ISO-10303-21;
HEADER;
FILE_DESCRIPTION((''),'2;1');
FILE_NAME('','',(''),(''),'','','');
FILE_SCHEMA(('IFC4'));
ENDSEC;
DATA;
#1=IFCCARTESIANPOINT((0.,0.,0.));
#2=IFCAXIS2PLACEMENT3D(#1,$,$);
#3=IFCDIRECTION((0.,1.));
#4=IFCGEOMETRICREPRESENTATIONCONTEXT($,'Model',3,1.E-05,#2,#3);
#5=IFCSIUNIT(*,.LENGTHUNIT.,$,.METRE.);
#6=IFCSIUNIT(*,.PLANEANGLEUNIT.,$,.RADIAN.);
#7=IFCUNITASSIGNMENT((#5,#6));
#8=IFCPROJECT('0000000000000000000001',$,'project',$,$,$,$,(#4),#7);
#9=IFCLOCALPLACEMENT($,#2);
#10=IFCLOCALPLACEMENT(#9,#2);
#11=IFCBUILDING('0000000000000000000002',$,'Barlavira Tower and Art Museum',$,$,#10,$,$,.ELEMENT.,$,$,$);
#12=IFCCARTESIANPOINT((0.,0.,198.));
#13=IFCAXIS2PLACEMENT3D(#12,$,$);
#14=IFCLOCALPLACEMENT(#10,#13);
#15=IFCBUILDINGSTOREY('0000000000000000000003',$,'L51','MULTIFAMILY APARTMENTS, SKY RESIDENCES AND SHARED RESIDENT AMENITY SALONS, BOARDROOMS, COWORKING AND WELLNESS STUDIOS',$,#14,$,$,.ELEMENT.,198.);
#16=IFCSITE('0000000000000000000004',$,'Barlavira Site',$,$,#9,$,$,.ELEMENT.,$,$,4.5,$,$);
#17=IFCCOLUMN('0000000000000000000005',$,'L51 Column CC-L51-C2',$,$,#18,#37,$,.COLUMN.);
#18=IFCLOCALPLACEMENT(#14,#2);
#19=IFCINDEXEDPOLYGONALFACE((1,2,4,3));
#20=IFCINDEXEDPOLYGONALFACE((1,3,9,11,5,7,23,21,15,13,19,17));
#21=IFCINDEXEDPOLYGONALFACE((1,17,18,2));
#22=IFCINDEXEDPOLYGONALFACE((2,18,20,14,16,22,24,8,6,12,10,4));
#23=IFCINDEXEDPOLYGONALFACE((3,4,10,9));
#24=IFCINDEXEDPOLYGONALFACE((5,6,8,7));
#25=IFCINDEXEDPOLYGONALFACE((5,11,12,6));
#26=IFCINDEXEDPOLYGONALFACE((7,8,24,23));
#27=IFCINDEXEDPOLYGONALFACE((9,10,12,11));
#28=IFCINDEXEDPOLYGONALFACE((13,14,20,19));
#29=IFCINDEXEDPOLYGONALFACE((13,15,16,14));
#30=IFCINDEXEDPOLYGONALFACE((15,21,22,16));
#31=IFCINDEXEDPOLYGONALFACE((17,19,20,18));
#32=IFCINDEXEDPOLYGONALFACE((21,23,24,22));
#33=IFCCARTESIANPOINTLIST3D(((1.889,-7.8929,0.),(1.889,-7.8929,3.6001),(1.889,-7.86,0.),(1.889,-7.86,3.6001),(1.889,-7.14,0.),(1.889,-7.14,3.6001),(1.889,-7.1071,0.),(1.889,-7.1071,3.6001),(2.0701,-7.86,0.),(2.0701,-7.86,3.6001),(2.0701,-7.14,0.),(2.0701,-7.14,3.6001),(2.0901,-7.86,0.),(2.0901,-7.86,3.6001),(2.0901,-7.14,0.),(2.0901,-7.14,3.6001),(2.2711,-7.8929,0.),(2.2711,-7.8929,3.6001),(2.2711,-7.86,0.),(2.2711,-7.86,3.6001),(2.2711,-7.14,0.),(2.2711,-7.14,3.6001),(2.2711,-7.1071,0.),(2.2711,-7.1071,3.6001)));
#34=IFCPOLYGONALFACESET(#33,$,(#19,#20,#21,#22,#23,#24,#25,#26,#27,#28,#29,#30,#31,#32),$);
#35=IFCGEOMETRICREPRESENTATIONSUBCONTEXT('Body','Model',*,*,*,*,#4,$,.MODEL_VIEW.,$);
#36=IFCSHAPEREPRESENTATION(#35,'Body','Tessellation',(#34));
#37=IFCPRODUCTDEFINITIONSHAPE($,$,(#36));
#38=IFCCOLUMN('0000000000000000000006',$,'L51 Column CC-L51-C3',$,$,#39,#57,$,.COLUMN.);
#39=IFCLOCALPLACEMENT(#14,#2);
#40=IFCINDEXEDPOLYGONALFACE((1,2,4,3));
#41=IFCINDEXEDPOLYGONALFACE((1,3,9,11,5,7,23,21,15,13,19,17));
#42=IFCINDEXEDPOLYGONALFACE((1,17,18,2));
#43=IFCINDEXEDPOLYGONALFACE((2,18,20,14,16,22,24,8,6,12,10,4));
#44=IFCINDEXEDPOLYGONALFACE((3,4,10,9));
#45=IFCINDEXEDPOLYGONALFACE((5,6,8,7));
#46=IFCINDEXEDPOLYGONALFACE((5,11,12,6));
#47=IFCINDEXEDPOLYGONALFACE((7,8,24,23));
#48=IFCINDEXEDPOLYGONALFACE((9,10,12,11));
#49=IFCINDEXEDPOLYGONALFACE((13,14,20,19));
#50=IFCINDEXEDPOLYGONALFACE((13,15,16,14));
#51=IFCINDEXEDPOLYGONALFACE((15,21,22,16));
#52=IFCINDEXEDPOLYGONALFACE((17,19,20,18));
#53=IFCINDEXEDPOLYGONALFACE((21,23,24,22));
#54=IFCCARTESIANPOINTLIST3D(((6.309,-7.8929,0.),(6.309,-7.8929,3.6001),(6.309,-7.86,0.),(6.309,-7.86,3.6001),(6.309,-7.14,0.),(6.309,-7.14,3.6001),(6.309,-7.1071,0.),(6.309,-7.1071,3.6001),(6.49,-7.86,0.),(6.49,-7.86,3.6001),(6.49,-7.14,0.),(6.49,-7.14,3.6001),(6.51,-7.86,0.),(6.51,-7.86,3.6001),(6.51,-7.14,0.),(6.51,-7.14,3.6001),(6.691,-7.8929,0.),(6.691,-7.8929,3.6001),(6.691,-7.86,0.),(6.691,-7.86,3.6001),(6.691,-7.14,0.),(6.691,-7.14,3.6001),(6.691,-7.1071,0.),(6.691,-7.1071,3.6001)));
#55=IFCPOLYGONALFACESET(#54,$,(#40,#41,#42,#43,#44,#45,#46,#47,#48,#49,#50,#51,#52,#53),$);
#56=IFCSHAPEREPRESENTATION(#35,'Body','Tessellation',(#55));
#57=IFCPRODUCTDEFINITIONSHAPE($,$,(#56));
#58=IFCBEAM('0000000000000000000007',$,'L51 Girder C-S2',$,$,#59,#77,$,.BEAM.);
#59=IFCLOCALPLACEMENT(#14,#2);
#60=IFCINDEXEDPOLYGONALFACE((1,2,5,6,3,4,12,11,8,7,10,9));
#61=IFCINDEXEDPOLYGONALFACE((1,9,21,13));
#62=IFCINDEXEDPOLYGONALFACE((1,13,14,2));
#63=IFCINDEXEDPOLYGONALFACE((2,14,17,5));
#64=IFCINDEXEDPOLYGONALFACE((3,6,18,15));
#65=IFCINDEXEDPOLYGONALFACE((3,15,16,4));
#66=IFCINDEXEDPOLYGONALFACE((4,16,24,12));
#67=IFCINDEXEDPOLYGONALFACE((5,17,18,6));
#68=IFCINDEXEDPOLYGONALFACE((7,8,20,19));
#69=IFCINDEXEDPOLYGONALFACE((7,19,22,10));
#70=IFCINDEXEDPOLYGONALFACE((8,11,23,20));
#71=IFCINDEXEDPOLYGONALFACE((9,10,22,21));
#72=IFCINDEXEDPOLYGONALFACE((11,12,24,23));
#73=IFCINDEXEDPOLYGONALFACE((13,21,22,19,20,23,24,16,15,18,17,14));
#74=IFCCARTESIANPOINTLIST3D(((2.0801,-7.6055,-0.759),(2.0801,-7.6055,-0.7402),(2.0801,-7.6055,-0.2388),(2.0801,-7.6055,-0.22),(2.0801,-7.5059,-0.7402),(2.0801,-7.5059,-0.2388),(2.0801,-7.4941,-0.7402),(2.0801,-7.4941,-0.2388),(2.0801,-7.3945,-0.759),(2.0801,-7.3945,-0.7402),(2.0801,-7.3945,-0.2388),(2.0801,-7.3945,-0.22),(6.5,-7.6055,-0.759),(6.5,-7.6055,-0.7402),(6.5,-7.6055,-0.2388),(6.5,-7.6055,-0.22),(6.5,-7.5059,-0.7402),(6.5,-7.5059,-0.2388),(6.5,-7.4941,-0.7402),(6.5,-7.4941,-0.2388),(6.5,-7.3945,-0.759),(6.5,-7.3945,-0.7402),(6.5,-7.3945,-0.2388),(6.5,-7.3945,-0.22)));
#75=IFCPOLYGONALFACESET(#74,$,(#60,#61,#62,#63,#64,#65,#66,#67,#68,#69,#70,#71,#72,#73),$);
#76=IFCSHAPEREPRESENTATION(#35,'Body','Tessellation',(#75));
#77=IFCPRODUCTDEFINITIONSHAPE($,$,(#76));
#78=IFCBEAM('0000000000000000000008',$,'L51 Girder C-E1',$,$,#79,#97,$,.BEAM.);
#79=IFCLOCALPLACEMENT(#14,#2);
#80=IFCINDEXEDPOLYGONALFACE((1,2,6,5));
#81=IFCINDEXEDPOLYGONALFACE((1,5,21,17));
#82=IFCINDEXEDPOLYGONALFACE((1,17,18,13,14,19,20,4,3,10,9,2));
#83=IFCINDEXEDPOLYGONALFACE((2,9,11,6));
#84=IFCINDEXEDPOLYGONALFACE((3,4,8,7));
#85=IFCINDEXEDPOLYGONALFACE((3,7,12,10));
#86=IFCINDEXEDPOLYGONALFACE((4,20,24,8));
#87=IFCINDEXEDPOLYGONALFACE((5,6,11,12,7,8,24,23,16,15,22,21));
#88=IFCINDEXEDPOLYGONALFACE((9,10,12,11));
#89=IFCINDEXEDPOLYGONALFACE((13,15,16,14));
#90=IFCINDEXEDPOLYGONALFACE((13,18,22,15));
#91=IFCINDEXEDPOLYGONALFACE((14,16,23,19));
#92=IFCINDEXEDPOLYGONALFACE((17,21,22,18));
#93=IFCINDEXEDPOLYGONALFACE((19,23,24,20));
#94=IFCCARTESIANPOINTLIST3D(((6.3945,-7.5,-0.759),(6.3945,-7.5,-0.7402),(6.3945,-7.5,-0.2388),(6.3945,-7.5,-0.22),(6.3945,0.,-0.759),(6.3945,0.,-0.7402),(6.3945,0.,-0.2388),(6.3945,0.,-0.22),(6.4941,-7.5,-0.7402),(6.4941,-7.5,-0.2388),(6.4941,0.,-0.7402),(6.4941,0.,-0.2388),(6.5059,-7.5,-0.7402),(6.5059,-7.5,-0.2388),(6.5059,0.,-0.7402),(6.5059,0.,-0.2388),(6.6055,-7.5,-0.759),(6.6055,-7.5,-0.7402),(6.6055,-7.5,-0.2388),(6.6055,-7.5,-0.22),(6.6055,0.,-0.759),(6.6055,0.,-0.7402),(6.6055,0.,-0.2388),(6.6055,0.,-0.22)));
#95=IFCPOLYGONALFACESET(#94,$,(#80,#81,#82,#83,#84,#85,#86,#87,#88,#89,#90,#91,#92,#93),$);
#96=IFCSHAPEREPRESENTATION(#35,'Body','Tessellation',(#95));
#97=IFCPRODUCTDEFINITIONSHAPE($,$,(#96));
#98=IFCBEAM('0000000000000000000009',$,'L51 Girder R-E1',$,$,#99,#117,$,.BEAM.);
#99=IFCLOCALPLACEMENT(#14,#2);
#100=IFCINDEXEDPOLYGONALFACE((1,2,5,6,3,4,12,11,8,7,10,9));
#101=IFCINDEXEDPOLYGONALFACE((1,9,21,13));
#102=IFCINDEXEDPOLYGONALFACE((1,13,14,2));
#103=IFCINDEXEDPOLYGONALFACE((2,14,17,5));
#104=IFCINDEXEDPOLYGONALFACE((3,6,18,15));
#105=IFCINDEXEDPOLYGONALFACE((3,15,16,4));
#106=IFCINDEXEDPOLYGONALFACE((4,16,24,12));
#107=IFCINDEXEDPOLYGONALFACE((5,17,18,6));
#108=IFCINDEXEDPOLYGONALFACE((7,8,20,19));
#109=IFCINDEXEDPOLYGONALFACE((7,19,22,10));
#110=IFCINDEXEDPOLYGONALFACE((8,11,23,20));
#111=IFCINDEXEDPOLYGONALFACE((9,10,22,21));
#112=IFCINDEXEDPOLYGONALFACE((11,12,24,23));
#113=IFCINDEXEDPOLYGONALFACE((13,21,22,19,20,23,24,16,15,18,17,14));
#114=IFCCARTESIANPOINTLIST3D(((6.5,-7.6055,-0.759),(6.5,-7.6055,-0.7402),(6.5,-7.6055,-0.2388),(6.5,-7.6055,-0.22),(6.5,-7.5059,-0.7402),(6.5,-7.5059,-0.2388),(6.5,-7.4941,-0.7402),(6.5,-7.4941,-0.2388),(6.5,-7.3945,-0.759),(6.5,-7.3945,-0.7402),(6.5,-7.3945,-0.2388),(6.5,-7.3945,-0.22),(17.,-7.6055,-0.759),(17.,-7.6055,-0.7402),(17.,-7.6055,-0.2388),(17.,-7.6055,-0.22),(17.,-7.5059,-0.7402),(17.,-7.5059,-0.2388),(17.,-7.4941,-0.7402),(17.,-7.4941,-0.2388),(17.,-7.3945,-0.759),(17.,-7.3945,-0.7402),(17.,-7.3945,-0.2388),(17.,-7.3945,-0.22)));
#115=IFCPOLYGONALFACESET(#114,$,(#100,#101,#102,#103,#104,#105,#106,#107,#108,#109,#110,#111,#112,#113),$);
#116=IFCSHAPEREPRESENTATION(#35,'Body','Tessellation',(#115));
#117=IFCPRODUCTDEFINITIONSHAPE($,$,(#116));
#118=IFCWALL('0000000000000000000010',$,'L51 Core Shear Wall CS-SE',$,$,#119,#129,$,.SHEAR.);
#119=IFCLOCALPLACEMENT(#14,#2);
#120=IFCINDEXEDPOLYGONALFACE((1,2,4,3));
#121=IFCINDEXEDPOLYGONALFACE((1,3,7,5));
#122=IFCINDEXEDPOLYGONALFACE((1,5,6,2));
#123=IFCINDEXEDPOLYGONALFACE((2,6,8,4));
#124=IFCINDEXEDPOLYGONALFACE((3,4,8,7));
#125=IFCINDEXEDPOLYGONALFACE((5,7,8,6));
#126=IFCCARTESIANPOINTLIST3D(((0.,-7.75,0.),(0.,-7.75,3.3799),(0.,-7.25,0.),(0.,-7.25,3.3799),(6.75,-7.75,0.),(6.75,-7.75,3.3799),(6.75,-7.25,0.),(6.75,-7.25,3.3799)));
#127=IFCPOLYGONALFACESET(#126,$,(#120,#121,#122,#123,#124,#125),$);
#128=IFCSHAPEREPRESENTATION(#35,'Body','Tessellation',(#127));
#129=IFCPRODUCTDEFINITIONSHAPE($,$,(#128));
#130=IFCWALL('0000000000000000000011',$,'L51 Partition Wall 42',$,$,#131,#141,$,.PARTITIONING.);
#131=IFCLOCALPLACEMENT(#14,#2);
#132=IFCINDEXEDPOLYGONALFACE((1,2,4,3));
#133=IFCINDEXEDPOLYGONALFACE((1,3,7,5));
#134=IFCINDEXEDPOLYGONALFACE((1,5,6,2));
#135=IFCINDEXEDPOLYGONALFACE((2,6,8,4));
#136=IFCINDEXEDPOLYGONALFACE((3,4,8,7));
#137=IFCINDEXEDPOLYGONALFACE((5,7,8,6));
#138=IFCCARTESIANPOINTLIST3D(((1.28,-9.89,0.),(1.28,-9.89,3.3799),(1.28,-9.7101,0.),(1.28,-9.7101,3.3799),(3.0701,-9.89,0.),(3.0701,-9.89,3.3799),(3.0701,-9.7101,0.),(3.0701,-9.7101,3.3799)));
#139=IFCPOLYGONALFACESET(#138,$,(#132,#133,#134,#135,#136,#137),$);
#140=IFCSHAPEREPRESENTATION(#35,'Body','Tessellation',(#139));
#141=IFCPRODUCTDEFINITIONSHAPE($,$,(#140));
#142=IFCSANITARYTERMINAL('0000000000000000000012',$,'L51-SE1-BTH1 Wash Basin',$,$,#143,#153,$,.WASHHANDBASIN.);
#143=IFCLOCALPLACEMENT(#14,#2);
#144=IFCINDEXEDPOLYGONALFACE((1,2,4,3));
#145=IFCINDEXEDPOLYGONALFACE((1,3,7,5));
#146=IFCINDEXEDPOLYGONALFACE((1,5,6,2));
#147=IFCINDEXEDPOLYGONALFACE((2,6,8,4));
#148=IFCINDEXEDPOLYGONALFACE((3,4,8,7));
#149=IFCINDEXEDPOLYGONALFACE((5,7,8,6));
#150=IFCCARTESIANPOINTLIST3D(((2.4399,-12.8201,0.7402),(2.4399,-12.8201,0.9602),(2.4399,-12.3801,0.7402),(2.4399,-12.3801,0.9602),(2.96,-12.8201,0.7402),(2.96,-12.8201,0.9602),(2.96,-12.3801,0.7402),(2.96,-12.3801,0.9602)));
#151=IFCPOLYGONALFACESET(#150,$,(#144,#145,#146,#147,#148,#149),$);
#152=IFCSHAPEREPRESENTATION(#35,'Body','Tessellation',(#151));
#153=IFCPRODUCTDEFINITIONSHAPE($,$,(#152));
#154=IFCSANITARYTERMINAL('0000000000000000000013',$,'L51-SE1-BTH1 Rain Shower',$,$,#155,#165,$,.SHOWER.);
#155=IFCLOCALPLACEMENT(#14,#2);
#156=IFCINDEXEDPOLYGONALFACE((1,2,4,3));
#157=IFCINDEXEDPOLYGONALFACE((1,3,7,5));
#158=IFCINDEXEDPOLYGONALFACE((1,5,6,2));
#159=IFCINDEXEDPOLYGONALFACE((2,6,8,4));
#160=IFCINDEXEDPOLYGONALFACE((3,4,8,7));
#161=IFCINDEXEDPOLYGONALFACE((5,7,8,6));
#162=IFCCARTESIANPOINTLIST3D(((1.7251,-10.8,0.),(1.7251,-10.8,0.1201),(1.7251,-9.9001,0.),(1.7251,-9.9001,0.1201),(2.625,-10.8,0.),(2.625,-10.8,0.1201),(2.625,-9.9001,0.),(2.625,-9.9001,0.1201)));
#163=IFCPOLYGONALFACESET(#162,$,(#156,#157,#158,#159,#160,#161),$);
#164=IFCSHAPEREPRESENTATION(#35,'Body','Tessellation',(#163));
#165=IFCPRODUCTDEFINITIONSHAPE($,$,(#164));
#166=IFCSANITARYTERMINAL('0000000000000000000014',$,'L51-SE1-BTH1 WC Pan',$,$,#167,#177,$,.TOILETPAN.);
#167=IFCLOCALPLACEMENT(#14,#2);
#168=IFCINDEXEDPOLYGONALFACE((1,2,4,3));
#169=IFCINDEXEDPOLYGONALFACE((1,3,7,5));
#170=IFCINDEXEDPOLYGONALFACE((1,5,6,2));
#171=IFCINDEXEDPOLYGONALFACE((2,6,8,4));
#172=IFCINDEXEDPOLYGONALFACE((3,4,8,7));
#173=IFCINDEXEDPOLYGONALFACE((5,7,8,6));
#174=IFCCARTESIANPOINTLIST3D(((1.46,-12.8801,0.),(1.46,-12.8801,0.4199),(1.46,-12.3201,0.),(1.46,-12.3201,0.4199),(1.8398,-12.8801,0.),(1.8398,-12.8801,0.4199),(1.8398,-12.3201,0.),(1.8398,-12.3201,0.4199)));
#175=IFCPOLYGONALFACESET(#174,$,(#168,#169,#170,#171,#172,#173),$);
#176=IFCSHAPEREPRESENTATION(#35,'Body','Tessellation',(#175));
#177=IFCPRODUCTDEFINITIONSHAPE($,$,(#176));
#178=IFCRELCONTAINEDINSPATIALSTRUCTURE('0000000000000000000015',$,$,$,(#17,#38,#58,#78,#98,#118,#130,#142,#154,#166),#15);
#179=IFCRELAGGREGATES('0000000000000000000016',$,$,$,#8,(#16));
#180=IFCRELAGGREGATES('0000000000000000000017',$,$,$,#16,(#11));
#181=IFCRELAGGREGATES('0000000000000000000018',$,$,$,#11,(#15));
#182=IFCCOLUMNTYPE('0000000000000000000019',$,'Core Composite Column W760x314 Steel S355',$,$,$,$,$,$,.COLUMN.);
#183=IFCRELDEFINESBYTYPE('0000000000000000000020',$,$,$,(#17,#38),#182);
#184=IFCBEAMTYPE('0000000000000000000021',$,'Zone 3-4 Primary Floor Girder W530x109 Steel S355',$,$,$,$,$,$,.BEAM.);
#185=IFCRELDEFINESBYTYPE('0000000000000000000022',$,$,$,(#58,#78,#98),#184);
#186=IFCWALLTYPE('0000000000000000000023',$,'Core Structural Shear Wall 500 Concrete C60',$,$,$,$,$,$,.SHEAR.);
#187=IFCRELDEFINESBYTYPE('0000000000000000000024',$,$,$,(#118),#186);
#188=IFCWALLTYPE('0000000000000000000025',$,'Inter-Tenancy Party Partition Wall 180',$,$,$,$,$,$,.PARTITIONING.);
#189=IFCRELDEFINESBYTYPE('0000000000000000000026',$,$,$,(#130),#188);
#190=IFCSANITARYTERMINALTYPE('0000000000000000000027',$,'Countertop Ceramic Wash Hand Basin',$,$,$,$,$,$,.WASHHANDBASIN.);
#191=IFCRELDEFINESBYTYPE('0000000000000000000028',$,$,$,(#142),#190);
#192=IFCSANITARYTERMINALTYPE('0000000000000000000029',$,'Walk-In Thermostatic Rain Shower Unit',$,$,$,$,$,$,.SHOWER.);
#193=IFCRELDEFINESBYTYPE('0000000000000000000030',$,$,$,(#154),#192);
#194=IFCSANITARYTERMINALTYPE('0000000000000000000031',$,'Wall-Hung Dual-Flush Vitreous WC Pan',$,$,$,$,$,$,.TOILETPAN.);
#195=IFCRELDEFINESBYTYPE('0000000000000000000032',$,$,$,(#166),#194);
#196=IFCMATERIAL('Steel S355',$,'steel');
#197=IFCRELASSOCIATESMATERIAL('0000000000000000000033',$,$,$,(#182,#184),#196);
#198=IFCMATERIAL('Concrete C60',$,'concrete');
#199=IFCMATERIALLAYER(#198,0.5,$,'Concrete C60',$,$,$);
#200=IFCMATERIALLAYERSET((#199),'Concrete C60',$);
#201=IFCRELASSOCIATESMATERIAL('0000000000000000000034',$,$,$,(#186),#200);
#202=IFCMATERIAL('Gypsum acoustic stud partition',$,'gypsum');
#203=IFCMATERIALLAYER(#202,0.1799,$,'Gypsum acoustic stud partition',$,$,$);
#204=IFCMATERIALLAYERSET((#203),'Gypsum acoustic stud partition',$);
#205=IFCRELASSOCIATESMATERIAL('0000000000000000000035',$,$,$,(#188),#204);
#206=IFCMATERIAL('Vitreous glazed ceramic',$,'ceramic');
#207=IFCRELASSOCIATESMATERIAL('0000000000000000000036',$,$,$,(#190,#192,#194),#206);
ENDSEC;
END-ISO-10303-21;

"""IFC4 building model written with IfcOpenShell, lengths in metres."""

from ifc_helpers import new_model, si_unit, direction, frame, frame_2d, origin, origin_2d, place, context, subcontext, project, spatial, rectangle, i_section, extrude, material, layer, layer_set, material_profile, profile_set, type_object, element, save


model = new_model("IFC4")

# Units and contexts
model_context = context("Model", 3, precision=1e-05, world=origin(), true_north=direction((0.0, 1.0)))
body_context = subcontext(model_context, "Body", "Model", "MODEL_VIEW")
ifc_project = project(units=[si_unit("LENGTHUNIT", "METRE"), si_unit("PLANEANGLEUNIT", "RADIAN")], contexts=[model_context])

# Site, building, storey
site_placement = place(None, origin())
site = spatial("IfcSite", under=ifc_project, at=site_placement, Name="Barlavira Site", CompositionType="ELEMENT", RefElevation=4.5)
building_placement = place(site_placement, origin())
building = spatial("IfcBuilding", under=site, at=building_placement, Name="Barlavira Tower and Art Museum", CompositionType="ELEMENT")
storey_placement = place(building_placement, frame((0.0, 0.0, 198.0)))
storey = spatial("IfcBuildingStorey", under=building, at=storey_placement, Name="L51", Description="MULTIFAMILY APARTMENTS, SKY RESIDENCES AND SHARED RESIDENT AMENITY SALONS, BOARDROOMS, COWORKING AND WELLNESS STUDIOS", CompositionType="ELEMENT", Elevation=198.0)

# Columns
ifc_material_1 = material(Name="Steel S355", Category="steel")
ifc_material_profile_1 = material_profile(ifc_material_1, i_section(OverallWidth=0.3821, OverallDepth=0.7859, WebThickness=0.02, FlangeThickness=0.033, at=origin_2d()), Name="W760x314.0")
ifc_profile_set_1 = profile_set([ifc_material_profile_1], Name="Steel S355")
column_type = type_object("IfcColumnType", Name="Core Composite Column W760x314 Steel S355", PredefinedType="COLUMN", material=ifc_profile_set_1)
for number, where, z_axis, x_axis, name in (
    (1, (2.0801, -7.5, 0.0), (0.0, 0.0, 1.0), (1.0, 0.0, 0.0), "L51 Column CC-L51-C2"),
    (2, (6.5, -7.5, 0.0), (0.0, 0.0, 1.0), (1.0, 0.0, 0.0), "L51 Column CC-L51-C3"),
):
    element("IfcColumn", number, at=place(storey_placement, frame(where, z_axis=z_axis, x_axis=x_axis)), inside=storey, type_object=column_type, Name=name, PredefinedType="COLUMN", context=body_context, shape_type="SweptSolid", body=[
        extrude(i_section(OverallWidth=0.3821, OverallDepth=0.7859, WebThickness=0.02, FlangeThickness=0.033, at=origin_2d()), origin(), (0.0, 0.0, 1.0), 3.6001),
    ])

# Beams
ifc_material_profile_2 = material_profile(ifc_material_1, i_section(OverallWidth=0.2109, OverallDepth=0.5391, WebThickness=0.0117, FlangeThickness=0.0188, at=origin_2d()), Name="W530x109.0")
ifc_profile_set_2 = profile_set([ifc_material_profile_2], Name="Steel S355")
beam_type = type_object("IfcBeamType", Name="Zone 3-4 Primary Floor Girder W530x109 Steel S355", PredefinedType="BEAM", material=ifc_profile_set_2)
beam_1_placement = place(storey_placement, frame((2.0801, -7.5, -0.4895), z_axis=(1.0, 0.0, 0.0), x_axis=(0.0, 1.0, 0.0)))
element("IfcBeam", 3, at=beam_1_placement, inside=storey, type_object=beam_type, Name="L51 Girder C-S2", PredefinedType="BEAM", context=body_context, shape_type="SweptSolid", body=[
    extrude(i_section(OverallWidth=0.2109, OverallDepth=0.5391, WebThickness=0.0117, FlangeThickness=0.0188, at=origin_2d()), origin(), (0.0, 0.0, 1.0), 4.4199),
])
beam_2_placement = place(storey_placement, frame((6.5, -7.5, -0.4895), z_axis=(0.0, 1.0, 0.0), x_axis=(-1.0, 0.0, 0.0)))
element("IfcBeam", 4, at=beam_2_placement, inside=storey, type_object=beam_type, Name="L51 Girder C-E1", PredefinedType="BEAM", context=body_context, shape_type="SweptSolid", body=[
    extrude(i_section(OverallWidth=0.2109, OverallDepth=0.5391, WebThickness=0.0117, FlangeThickness=0.0188, at=origin_2d()), origin(), (0.0, 0.0, 1.0), 7.5),
])
beam_3_placement = place(storey_placement, frame((6.5, -7.5, -0.4895), z_axis=(1.0, 0.0, 0.0), x_axis=(0.0, 1.0, 0.0)))
element("IfcBeam", 5, at=beam_3_placement, inside=storey, type_object=beam_type, Name="L51 Girder R-E1", PredefinedType="BEAM", context=body_context, shape_type="SweptSolid", body=[
    extrude(i_section(OverallWidth=0.2109, OverallDepth=0.5391, WebThickness=0.0117, FlangeThickness=0.0188, at=origin_2d()), origin(), (0.0, 0.0, 1.0), 10.5),
])

# Walls
ifc_material_2 = material(Name="Concrete C60", Category="concrete")
ifc_layer_1 = layer(ifc_material_2, 0.5, Name="Concrete C60")
ifc_layer_set_1 = layer_set([ifc_layer_1], Name="Concrete C60")
wall_type_1 = type_object("IfcWallType", Name="Core Structural Shear Wall 500 Concrete C60", PredefinedType="SHEAR", material=ifc_layer_set_1)
wall_1_placement = place(storey_placement, frame((0.0, -7.5, 0.0), z_axis=(0.0, 0.0, 1.0), x_axis=(1.0, 0.0, 0.0)))
element("IfcWall", 6, at=wall_1_placement, inside=storey, type_object=wall_type_1, Name="L51 Core Shear Wall CS-SE", PredefinedType="SHEAR", context=body_context, shape_type="SweptSolid", body=[
    extrude(rectangle(XDim=6.75, YDim=0.5, at=frame_2d((3.375, 0.0))), origin(), (0.0, 0.0, 1.0), 3.3799),
])
ifc_material_3 = material(Name="Gypsum acoustic stud partition", Category="gypsum")
ifc_layer_2 = layer(ifc_material_3, 0.1799, Name="Gypsum acoustic stud partition")
ifc_layer_set_2 = layer_set([ifc_layer_2], Name="Gypsum acoustic stud partition")
wall_type_2 = type_object("IfcWallType", Name="Inter-Tenancy Party Partition Wall 180", PredefinedType="PARTITIONING", material=ifc_layer_set_2)
wall_2_placement = place(storey_placement, frame((1.28, -9.8, 0.0), z_axis=(0.0, 0.0, 1.0), x_axis=(1.0, 0.0, 0.0)))
element("IfcWall", 7, at=wall_2_placement, inside=storey, type_object=wall_type_2, Name="L51 Partition Wall 42", PredefinedType="PARTITIONING", context=body_context, shape_type="SweptSolid", body=[
    extrude(rectangle(XDim=1.79, YDim=0.1799, at=frame_2d((0.895, 0.0))), origin(), (0.0, 0.0, 1.0), 3.3799),
])

# Sanitary terminals
ifc_material_4 = material(Name="Vitreous glazed ceramic", Category="ceramic")
sanitary_terminal_type_1 = type_object("IfcSanitaryTerminalType", Name="Countertop Ceramic Wash Hand Basin", PredefinedType="WASHHANDBASIN", material=ifc_material_4)
sanitary_terminal_1_placement = place(storey_placement, frame((2.7, -12.6001, 0.7402), z_axis=(0.0, 0.0, 1.0), x_axis=(1.0, 0.0, 0.0)))
element("IfcSanitaryTerminal", 8, at=sanitary_terminal_1_placement, inside=storey, type_object=sanitary_terminal_type_1, Name="L51-SE1-BTH1 Wash Basin", PredefinedType="WASHHANDBASIN", context=body_context, shape_type="SweptSolid", body=[
    extrude(rectangle(XDim=0.52, YDim=0.4399, at=origin_2d()), origin(), (0.0, 0.0, 1.0), 0.22),
])
sanitary_terminal_type_2 = type_object("IfcSanitaryTerminalType", Name="Walk-In Thermostatic Rain Shower Unit", PredefinedType="SHOWER", material=ifc_material_4)
sanitary_terminal_2_placement = place(storey_placement, frame((2.175, -10.3501, 0.0), z_axis=(0.0, 0.0, 1.0), x_axis=(1.0, 0.0, 0.0)))
element("IfcSanitaryTerminal", 9, at=sanitary_terminal_2_placement, inside=storey, type_object=sanitary_terminal_type_2, Name="L51-SE1-BTH1 Rain Shower", PredefinedType="SHOWER", context=body_context, shape_type="SweptSolid", body=[
    extrude(rectangle(XDim=0.8999, YDim=0.8999, at=origin_2d()), origin(), (0.0, 0.0, 1.0), 0.1201),
])
sanitary_terminal_type_3 = type_object("IfcSanitaryTerminalType", Name="Wall-Hung Dual-Flush Vitreous WC Pan", PredefinedType="TOILETPAN", material=ifc_material_4)
sanitary_terminal_3_placement = place(storey_placement, frame((1.6499, -12.6001, 0.0), z_axis=(0.0, 0.0, 1.0), x_axis=(1.0, 0.0, 0.0)))
element("IfcSanitaryTerminal", 10, at=sanitary_terminal_3_placement, inside=storey, type_object=sanitary_terminal_type_3, Name="L51-SE1-BTH1 WC Pan", PredefinedType="TOILETPAN", context=body_context, shape_type="SweptSolid", body=[
    extrude(rectangle(XDim=0.3799, YDim=0.5601, at=origin_2d()), origin(), (0.0, 0.0, 1.0), 0.4199),
])

save(model, "model.ifc")
